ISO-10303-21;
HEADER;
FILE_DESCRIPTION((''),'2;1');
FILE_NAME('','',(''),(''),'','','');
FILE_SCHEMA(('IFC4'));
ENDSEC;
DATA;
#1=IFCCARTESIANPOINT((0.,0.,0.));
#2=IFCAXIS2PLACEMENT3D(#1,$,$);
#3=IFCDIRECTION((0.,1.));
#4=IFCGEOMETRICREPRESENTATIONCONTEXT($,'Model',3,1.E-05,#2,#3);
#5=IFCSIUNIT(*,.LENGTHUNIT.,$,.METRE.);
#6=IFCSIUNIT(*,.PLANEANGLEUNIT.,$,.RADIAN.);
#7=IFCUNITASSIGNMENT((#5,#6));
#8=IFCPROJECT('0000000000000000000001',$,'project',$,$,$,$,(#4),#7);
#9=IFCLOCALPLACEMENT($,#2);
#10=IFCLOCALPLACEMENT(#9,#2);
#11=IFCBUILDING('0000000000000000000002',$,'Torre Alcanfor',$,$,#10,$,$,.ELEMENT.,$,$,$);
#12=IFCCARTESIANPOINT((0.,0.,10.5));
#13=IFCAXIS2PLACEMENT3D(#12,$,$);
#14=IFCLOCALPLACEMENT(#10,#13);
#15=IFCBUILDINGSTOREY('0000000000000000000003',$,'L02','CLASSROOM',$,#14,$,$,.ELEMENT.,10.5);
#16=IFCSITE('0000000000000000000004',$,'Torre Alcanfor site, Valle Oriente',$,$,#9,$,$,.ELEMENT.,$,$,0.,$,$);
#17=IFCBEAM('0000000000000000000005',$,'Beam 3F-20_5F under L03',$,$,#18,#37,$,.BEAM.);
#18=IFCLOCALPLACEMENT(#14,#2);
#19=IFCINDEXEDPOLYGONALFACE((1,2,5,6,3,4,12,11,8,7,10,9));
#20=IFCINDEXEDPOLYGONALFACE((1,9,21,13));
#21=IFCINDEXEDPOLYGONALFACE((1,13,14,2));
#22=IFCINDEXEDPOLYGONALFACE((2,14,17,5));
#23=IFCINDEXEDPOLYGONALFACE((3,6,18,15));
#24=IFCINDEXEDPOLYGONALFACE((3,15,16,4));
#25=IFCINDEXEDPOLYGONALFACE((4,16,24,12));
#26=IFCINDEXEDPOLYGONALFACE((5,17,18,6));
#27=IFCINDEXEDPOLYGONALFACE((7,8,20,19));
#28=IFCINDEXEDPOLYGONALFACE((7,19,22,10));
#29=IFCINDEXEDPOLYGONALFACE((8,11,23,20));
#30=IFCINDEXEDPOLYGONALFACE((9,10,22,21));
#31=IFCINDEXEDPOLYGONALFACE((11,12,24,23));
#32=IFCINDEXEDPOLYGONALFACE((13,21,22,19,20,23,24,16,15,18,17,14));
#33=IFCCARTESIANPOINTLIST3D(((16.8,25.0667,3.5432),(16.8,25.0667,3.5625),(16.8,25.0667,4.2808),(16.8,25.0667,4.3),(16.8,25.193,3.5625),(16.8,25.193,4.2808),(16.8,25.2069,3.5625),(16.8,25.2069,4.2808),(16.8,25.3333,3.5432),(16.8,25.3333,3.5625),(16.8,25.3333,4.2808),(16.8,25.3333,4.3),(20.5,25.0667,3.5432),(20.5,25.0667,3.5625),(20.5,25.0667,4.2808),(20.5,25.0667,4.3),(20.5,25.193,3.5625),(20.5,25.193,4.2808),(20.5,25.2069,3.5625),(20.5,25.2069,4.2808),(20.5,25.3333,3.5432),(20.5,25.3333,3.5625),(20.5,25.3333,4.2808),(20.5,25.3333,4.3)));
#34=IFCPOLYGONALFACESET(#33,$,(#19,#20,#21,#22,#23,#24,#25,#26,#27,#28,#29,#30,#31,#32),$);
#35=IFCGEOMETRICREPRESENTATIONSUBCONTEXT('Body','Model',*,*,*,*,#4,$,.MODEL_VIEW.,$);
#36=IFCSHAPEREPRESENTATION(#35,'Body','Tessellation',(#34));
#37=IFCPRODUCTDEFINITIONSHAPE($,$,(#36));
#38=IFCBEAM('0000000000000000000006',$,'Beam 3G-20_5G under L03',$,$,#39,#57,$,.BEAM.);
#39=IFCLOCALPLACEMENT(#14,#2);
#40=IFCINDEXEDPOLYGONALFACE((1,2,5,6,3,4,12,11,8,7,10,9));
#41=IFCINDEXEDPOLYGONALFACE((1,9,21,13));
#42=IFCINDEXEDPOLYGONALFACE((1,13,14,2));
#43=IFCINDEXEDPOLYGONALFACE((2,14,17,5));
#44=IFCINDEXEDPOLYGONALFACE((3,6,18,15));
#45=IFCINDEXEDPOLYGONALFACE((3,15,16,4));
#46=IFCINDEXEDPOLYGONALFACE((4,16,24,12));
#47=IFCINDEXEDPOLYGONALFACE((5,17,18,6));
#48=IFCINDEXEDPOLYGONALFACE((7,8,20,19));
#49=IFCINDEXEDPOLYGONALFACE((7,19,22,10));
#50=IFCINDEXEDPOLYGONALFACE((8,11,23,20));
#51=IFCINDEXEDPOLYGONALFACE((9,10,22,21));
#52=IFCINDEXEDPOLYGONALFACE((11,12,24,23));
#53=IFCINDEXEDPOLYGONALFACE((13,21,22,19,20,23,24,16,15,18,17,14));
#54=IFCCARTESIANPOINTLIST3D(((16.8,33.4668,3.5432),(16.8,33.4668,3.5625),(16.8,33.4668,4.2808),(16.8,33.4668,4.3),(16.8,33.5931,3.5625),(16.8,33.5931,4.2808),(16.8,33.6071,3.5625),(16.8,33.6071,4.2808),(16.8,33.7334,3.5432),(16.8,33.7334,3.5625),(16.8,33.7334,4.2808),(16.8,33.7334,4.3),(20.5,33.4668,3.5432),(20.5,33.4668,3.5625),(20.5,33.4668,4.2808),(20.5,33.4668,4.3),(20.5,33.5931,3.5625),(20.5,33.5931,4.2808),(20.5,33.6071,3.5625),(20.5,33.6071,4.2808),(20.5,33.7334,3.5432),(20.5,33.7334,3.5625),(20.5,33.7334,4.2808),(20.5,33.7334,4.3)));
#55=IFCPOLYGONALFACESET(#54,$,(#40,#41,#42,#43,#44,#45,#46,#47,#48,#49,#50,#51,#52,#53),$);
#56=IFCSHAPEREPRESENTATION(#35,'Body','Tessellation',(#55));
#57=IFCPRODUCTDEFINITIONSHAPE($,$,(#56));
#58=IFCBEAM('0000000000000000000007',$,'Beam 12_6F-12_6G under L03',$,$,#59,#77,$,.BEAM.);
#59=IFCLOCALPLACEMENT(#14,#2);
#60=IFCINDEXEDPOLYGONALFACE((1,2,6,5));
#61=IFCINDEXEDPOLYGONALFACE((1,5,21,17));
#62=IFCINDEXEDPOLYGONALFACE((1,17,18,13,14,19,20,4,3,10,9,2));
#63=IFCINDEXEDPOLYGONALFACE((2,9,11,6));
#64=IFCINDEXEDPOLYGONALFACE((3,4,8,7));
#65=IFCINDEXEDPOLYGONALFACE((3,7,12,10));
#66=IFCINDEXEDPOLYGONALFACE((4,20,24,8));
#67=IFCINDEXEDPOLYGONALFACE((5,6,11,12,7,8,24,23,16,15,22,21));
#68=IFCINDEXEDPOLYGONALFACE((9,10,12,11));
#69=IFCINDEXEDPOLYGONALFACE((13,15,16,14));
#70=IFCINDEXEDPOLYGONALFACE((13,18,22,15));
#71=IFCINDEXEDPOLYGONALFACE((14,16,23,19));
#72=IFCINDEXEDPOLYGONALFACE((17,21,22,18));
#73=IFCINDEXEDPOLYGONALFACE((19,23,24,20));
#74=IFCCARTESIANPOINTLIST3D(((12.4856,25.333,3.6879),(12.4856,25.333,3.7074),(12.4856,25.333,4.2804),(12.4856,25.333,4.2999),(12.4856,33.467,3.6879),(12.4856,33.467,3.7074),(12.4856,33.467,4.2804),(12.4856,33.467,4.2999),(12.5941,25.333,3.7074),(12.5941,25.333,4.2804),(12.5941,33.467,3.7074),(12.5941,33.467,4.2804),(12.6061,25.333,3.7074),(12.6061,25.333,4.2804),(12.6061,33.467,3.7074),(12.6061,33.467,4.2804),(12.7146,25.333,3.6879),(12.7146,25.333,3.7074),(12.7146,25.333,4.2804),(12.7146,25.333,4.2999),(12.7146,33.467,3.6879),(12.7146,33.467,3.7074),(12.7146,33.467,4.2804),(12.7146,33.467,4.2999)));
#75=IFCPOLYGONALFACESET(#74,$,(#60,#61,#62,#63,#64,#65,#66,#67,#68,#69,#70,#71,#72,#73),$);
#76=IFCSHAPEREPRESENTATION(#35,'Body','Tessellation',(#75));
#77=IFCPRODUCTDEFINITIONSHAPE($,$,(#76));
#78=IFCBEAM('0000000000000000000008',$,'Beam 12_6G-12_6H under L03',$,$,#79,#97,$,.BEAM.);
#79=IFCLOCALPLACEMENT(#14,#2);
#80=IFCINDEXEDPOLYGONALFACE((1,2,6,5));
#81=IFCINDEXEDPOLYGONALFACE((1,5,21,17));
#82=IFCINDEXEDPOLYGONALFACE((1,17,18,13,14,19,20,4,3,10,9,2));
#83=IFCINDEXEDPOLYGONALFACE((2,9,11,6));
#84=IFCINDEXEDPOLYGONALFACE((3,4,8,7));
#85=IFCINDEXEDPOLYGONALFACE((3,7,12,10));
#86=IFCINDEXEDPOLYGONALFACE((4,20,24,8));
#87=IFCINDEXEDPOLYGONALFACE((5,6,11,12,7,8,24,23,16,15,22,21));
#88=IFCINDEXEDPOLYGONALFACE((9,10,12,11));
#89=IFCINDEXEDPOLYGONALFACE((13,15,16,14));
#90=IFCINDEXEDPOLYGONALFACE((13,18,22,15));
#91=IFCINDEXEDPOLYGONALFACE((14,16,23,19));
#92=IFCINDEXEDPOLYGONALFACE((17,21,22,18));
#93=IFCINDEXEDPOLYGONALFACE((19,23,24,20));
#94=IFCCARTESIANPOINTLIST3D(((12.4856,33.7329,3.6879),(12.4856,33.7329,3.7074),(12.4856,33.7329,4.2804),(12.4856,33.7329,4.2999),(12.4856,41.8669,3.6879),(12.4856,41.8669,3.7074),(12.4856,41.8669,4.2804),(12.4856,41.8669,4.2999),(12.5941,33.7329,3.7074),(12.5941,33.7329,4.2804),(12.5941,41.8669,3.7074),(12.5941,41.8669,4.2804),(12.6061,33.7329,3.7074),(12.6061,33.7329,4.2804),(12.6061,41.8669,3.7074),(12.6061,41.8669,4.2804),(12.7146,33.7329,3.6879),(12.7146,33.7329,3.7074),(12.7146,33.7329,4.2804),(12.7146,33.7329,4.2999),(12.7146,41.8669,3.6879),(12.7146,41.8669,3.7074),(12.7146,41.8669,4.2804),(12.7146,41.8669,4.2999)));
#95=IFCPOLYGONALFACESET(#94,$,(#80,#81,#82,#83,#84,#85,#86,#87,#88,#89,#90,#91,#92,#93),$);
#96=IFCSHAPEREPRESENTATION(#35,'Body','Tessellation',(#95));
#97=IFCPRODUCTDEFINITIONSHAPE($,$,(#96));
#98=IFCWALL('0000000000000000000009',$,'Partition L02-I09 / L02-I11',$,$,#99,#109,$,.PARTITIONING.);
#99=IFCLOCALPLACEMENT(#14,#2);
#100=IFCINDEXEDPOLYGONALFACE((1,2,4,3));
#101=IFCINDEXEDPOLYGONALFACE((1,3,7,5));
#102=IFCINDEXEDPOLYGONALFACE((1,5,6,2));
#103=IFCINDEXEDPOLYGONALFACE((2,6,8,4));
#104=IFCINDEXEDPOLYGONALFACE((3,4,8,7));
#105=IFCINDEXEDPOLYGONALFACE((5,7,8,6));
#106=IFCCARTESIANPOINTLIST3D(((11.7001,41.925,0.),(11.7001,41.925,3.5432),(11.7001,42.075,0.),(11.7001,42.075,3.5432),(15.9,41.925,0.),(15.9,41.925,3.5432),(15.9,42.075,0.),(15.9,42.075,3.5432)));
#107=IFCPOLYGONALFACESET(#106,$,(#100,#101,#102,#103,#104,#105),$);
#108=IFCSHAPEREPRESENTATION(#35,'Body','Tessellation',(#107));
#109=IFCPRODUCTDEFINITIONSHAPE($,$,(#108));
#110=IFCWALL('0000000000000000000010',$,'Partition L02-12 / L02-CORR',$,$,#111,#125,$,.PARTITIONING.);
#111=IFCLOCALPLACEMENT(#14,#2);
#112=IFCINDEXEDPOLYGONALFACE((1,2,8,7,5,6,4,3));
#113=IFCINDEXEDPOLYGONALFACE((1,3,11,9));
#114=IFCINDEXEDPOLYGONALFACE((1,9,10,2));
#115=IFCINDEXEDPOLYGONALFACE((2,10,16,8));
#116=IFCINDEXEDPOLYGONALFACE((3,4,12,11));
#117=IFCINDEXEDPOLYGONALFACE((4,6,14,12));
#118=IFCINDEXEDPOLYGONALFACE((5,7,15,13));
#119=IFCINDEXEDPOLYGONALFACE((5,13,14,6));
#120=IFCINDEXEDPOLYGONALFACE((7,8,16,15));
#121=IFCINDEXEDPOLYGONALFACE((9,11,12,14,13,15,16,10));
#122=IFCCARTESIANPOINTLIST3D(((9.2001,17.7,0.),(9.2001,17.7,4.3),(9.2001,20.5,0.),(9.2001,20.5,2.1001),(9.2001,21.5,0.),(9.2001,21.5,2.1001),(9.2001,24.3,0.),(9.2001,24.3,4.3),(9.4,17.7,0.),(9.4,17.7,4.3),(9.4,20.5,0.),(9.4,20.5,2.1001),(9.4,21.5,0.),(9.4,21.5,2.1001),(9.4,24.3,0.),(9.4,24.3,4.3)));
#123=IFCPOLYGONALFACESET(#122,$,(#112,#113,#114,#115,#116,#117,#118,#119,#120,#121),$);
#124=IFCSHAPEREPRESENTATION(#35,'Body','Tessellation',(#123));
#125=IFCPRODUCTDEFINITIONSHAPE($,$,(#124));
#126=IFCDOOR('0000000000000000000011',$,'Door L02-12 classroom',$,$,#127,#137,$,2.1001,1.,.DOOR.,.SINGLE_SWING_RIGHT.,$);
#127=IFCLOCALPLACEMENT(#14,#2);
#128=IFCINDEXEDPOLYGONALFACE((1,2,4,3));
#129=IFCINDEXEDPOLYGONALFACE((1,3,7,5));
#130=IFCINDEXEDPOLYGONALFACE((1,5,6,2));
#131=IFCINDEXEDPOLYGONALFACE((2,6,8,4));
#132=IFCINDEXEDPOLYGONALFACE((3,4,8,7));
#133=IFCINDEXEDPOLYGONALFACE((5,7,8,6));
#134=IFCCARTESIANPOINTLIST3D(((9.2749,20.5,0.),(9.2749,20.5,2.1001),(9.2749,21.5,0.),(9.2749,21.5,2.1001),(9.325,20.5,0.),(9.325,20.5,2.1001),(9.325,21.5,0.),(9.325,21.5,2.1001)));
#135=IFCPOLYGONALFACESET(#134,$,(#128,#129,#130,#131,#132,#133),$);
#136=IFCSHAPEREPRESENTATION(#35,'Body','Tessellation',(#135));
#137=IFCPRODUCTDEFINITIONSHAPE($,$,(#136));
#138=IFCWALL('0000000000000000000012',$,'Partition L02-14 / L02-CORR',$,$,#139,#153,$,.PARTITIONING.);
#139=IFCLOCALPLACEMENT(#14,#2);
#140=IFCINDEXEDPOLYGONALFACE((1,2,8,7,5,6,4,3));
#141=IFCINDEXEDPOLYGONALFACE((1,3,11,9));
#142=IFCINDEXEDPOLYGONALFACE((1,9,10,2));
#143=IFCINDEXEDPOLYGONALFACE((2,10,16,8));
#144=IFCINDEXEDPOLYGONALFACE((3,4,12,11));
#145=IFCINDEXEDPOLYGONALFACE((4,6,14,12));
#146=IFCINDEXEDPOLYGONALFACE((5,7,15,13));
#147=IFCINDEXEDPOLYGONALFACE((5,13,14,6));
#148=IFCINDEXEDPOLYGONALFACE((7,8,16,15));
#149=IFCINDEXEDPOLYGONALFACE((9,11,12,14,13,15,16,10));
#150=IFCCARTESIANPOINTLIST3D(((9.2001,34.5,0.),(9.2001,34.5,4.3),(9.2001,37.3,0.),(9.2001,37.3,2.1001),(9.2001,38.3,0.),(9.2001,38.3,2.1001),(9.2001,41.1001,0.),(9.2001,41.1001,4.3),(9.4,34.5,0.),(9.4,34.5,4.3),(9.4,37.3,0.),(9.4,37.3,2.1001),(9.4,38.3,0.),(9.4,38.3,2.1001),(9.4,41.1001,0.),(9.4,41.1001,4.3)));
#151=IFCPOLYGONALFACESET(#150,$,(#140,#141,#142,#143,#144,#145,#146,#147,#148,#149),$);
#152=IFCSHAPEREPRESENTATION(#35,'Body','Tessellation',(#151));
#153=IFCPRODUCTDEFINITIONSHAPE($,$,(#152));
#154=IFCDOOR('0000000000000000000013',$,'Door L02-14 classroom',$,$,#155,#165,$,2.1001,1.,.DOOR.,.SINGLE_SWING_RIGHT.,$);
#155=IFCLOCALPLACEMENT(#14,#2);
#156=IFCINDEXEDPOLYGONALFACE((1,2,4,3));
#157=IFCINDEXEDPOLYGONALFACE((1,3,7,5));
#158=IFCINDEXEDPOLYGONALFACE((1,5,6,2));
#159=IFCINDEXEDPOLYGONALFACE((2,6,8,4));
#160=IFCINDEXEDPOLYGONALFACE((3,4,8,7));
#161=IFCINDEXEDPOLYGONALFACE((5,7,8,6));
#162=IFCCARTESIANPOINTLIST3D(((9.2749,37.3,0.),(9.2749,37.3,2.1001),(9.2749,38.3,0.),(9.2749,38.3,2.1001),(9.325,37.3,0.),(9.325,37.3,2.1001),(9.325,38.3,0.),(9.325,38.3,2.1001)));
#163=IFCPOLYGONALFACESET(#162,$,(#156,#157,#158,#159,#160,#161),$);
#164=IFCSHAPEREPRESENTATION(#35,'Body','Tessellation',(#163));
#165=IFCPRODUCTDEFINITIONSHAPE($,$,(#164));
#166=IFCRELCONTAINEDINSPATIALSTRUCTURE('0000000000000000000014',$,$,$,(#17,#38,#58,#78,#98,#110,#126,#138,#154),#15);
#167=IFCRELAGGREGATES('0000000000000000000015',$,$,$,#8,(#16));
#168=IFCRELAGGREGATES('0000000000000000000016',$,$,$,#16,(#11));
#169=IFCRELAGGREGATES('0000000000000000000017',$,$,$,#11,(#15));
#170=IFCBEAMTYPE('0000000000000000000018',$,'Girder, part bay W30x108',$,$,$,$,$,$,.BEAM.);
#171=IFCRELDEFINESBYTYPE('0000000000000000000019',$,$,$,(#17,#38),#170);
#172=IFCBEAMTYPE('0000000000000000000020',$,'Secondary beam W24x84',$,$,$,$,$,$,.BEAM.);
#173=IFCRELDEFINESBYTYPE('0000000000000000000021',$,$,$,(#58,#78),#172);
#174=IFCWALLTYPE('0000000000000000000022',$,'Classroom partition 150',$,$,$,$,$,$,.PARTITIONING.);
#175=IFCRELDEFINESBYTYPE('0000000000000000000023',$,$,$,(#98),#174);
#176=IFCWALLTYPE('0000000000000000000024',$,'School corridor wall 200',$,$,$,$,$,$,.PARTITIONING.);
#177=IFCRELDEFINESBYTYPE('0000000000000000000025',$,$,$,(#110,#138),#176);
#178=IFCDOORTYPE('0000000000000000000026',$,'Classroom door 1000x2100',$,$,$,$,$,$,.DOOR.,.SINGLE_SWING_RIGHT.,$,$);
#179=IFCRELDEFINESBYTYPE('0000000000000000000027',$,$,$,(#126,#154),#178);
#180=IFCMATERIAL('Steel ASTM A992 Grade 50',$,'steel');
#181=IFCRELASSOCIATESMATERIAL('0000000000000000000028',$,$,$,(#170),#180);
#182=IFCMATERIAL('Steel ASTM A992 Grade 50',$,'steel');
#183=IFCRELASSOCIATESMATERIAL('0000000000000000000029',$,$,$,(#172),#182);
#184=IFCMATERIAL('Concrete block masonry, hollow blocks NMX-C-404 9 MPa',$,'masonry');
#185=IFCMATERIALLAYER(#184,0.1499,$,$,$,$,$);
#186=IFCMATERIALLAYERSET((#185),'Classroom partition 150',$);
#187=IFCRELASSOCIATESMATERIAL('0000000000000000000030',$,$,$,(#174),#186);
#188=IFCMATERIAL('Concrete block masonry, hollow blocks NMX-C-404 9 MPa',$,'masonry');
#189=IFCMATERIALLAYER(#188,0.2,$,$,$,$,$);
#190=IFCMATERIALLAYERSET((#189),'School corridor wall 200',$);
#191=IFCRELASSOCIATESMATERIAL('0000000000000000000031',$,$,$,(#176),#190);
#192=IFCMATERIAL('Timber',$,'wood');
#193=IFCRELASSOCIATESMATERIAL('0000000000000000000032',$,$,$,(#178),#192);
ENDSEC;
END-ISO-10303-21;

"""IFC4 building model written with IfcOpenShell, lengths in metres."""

from ifc_helpers import new_model, si_unit, direction, frame, frame_2d, origin, origin_2d, place, context, subcontext, project, spatial, rectangle, i_section, extrude, material, layer, layer_set, material_profile, profile_set, type_object, element, fill, save


model = new_model("IFC4")

# Units and contexts
model_context = context("Model", 3, precision=1e-05, world=origin(), true_north=direction((0.0, 1.0)))
body_context = subcontext(model_context, "Body", "Model", "MODEL_VIEW")
ifc_project = project(units=[si_unit("LENGTHUNIT", "METRE"), si_unit("PLANEANGLEUNIT", "RADIAN")], contexts=[model_context])

# Site, building, storey
site_placement = place(None, origin())
site = spatial("IfcSite", under=ifc_project, at=site_placement, Name="Torre Alcanfor site, Valle Oriente", CompositionType="ELEMENT", RefElevation=0.0)
building_placement = place(site_placement, origin())
building = spatial("IfcBuilding", under=site, at=building_placement, Name="Torre Alcanfor", CompositionType="ELEMENT")
storey_placement = place(building_placement, frame((0.0, 0.0, 10.5)))
storey = spatial("IfcBuildingStorey", under=building, at=storey_placement, Name="L02", Description="CLASSROOM", CompositionType="ELEMENT", Elevation=10.5)

# Beams
ifc_material_1 = material(Name="Steel ASTM A992 Grade 50", Category="steel")
ifc_material_profile_1 = material_profile(ifc_material_1, i_section(OverallWidth=0.2666, OverallDepth=0.7568, WebThickness=0.0139, FlangeThickness=0.0193, at=origin_2d()), Name="W30x108")
ifc_profile_set_1 = profile_set([ifc_material_profile_1], Name="Steel ASTM A992 Grade 50")
beam_type_1 = type_object("IfcBeamType", Name="Girder, part bay W30x108", PredefinedType="BEAM", material=ifc_profile_set_1)
for number, where, z_axis, x_axis, name in (
    (1, (16.8, 25.2, 3.9216), (1.0, 0.0, 0.0), (0.0, 1.0, 0.0), "Beam 3F-20_5F under L03"),
    (2, (16.8, 33.6001, 3.9216), (1.0, 0.0, 0.0), (0.0, 1.0, 0.0), "Beam 3G-20_5G under L03"),
):
    element("IfcBeam", number, at=place(storey_placement, frame(where, z_axis=z_axis, x_axis=x_axis)), inside=storey, type_object=beam_type_1, Name=name, PredefinedType="BEAM", context=body_context, shape_type="SweptSolid", body=[
        extrude(i_section(OverallWidth=0.2666, OverallDepth=0.7568, WebThickness=0.0139, FlangeThickness=0.0193, at=origin_2d()), origin(), (0.0, 0.0, 1.0), 3.7),
    ])
ifc_material_2 = material(Name="Steel ASTM A992 Grade 50", Category="steel")
ifc_material_profile_2 = material_profile(ifc_material_2, i_section(OverallWidth=0.229, OverallDepth=0.6121, WebThickness=0.012, FlangeThickness=0.0195, at=origin_2d()), Name="W24x84")
ifc_profile_set_2 = profile_set([ifc_material_profile_2], Name="Steel ASTM A992 Grade 50")
beam_type_2 = type_object("IfcBeamType", Name="Secondary beam W24x84", PredefinedType="BEAM", material=ifc_profile_set_2)
for number, where, z_axis, x_axis, name in (
    (3, (12.6001, 25.333, 3.9939), (0.0, 1.0, 0.0), (-1.0, 0.0, 0.0), "Beam 12_6F-12_6G under L03"),
    (4, (12.6001, 33.7329, 3.9939), (0.0, 1.0, 0.0), (-1.0, 0.0, 0.0), "Beam 12_6G-12_6H under L03"),
):
    element("IfcBeam", number, at=place(storey_placement, frame(where, z_axis=z_axis, x_axis=x_axis)), inside=storey, type_object=beam_type_2, Name=name, PredefinedType="BEAM", context=body_context, shape_type="SweptSolid", body=[
        extrude(i_section(OverallWidth=0.229, OverallDepth=0.6121, WebThickness=0.012, FlangeThickness=0.0195, at=origin_2d()), origin(), (0.0, 0.0, 1.0), 8.134),
    ])

# Wall
ifc_material_3 = material(Name="Concrete block masonry, hollow blocks NMX-C-404 9 MPa", Category="masonry")
ifc_layer_1 = layer(ifc_material_3, 0.1499)
ifc_layer_set_1 = layer_set([ifc_layer_1], Name="Classroom partition 150")
wall_type_1 = type_object("IfcWallType", Name="Classroom partition 150", PredefinedType="PARTITIONING", material=ifc_layer_set_1)
wall_1_placement = place(storey_placement, frame((11.7, 42.0, 0.0), z_axis=(0.0, 0.0, 1.0), x_axis=(1.0, 0.0, 0.0)))
element("IfcWall", 5, at=wall_1_placement, inside=storey, type_object=wall_type_1, Name="Partition L02-I09 / L02-I11", PredefinedType="PARTITIONING", context=body_context, shape_type="SweptSolid", body=[
    extrude(rectangle(XDim=4.2, YDim=0.1499, at=frame_2d((2.1001, 0.0))), origin(), (0.0, 0.0, 1.0), 3.5432),
])

# Walls, openings, doors
ifc_material_4 = material(Name="Concrete block masonry, hollow blocks NMX-C-404 9 MPa", Category="masonry")
ifc_layer_2 = layer(ifc_material_4, 0.2)
ifc_layer_set_2 = layer_set([ifc_layer_2], Name="School corridor wall 200")
wall_type_2 = type_object("IfcWallType", Name="School corridor wall 200", PredefinedType="PARTITIONING", material=ifc_layer_set_2)
wall_2_placement = place(storey_placement, frame((9.3, 24.3, 0.0), z_axis=(0.0, 0.0, 1.0), x_axis=(0.0, -1.0, 0.0)))
wall_2 = element("IfcWall", 6, at=wall_2_placement, inside=storey, type_object=wall_type_2, Name="Partition L02-12 / L02-CORR", PredefinedType="PARTITIONING", context=body_context, shape_type="SweptSolid", body=[
    extrude(rectangle(XDim=6.6001, YDim=0.2, at=frame_2d((3.3, 0.0))), origin(), (0.0, 0.0, 1.0), 4.3),
])
opening_1_placement = place(wall_2_placement, frame((2.8, 0.0, 0.0)))
opening_1 = element("IfcOpeningElement", 7, at=opening_1_placement, cuts=wall_2, PredefinedType="OPENING", context=body_context, shape_type="SweptSolid", body=[
    extrude(rectangle(XDim=1.0, YDim=2.1001, at=frame_2d((0.5, 1.05))), frame((0.0, 0.1099, 0.0), z_axis=(0.0, -1.0, 0.0), x_axis=(1.0, 0.0, 0.0)), (0.0, 0.0, 1.0), 0.22),
])
ifc_material_5 = material(Name="Timber", Category="wood")
door_type_1 = type_object("IfcDoorType", Name="Classroom door 1000x2100", OperationType="SINGLE_SWING_RIGHT", PredefinedType="DOOR", material=ifc_material_5)
door_1_placement = place(opening_1_placement, frame((1.0, 0.0, 0.0), z_axis=(0.0, 0.0, 1.0), x_axis=(-1.0, 0.0, 0.0)))
door_1 = element("IfcDoor", 8, at=door_1_placement, inside=storey, type_object=door_type_1, Name="Door L02-12 classroom", OperationType="SINGLE_SWING_RIGHT", OverallHeight=2.1001, OverallWidth=1.0, PredefinedType="DOOR", context=body_context, shape_type="SweptSolid", body=[
    extrude(rectangle(XDim=1.0, YDim=2.1001, at=frame_2d((0.5, 1.05))), frame((0.0, 0.0251, 0.0), z_axis=(0.0, -1.0, 0.0), x_axis=(1.0, 0.0, 0.0)), (0.0, 0.0, 1.0), 0.05),
])
fill(opening_1, door_1)
wall_3_placement = place(storey_placement, frame((9.3, 41.1001, 0.0), z_axis=(0.0, 0.0, 1.0), x_axis=(0.0, -1.0, 0.0)))
wall_3 = element("IfcWall", 9, at=wall_3_placement, inside=storey, type_object=wall_type_2, Name="Partition L02-14 / L02-CORR", PredefinedType="PARTITIONING", context=body_context, shape_type="SweptSolid", body=[
    extrude(rectangle(XDim=6.6001, YDim=0.2, at=frame_2d((3.3, 0.0))), origin(), (0.0, 0.0, 1.0), 4.3),
])
opening_2_placement = place(wall_3_placement, frame((2.8, 0.0, 0.0)))
opening_2 = element("IfcOpeningElement", 10, at=opening_2_placement, cuts=wall_3, PredefinedType="OPENING", context=body_context, shape_type="SweptSolid", body=[
    extrude(rectangle(XDim=1.0, YDim=2.1001, at=frame_2d((0.5, 1.05))), frame((0.0, 0.1099, 0.0), z_axis=(0.0, -1.0, 0.0), x_axis=(1.0, 0.0, 0.0)), (0.0, 0.0, 1.0), 0.22),
])
door_2_placement = place(opening_2_placement, frame((1.0, 0.0, 0.0), z_axis=(0.0, 0.0, 1.0), x_axis=(-1.0, 0.0, 0.0)))
door_2 = element("IfcDoor", 11, at=door_2_placement, inside=storey, type_object=door_type_1, Name="Door L02-14 classroom", OperationType="SINGLE_SWING_RIGHT", OverallHeight=2.1001, OverallWidth=1.0, PredefinedType="DOOR", context=body_context, shape_type="SweptSolid", body=[
    extrude(rectangle(XDim=1.0, YDim=2.1001, at=frame_2d((0.5, 1.05))), frame((0.0, 0.0251, 0.0), z_axis=(0.0, -1.0, 0.0), x_axis=(1.0, 0.0, 0.0)), (0.0, 0.0, 1.0), 0.05),
])
fill(opening_2, door_2)

save(model, "model.ifc")
